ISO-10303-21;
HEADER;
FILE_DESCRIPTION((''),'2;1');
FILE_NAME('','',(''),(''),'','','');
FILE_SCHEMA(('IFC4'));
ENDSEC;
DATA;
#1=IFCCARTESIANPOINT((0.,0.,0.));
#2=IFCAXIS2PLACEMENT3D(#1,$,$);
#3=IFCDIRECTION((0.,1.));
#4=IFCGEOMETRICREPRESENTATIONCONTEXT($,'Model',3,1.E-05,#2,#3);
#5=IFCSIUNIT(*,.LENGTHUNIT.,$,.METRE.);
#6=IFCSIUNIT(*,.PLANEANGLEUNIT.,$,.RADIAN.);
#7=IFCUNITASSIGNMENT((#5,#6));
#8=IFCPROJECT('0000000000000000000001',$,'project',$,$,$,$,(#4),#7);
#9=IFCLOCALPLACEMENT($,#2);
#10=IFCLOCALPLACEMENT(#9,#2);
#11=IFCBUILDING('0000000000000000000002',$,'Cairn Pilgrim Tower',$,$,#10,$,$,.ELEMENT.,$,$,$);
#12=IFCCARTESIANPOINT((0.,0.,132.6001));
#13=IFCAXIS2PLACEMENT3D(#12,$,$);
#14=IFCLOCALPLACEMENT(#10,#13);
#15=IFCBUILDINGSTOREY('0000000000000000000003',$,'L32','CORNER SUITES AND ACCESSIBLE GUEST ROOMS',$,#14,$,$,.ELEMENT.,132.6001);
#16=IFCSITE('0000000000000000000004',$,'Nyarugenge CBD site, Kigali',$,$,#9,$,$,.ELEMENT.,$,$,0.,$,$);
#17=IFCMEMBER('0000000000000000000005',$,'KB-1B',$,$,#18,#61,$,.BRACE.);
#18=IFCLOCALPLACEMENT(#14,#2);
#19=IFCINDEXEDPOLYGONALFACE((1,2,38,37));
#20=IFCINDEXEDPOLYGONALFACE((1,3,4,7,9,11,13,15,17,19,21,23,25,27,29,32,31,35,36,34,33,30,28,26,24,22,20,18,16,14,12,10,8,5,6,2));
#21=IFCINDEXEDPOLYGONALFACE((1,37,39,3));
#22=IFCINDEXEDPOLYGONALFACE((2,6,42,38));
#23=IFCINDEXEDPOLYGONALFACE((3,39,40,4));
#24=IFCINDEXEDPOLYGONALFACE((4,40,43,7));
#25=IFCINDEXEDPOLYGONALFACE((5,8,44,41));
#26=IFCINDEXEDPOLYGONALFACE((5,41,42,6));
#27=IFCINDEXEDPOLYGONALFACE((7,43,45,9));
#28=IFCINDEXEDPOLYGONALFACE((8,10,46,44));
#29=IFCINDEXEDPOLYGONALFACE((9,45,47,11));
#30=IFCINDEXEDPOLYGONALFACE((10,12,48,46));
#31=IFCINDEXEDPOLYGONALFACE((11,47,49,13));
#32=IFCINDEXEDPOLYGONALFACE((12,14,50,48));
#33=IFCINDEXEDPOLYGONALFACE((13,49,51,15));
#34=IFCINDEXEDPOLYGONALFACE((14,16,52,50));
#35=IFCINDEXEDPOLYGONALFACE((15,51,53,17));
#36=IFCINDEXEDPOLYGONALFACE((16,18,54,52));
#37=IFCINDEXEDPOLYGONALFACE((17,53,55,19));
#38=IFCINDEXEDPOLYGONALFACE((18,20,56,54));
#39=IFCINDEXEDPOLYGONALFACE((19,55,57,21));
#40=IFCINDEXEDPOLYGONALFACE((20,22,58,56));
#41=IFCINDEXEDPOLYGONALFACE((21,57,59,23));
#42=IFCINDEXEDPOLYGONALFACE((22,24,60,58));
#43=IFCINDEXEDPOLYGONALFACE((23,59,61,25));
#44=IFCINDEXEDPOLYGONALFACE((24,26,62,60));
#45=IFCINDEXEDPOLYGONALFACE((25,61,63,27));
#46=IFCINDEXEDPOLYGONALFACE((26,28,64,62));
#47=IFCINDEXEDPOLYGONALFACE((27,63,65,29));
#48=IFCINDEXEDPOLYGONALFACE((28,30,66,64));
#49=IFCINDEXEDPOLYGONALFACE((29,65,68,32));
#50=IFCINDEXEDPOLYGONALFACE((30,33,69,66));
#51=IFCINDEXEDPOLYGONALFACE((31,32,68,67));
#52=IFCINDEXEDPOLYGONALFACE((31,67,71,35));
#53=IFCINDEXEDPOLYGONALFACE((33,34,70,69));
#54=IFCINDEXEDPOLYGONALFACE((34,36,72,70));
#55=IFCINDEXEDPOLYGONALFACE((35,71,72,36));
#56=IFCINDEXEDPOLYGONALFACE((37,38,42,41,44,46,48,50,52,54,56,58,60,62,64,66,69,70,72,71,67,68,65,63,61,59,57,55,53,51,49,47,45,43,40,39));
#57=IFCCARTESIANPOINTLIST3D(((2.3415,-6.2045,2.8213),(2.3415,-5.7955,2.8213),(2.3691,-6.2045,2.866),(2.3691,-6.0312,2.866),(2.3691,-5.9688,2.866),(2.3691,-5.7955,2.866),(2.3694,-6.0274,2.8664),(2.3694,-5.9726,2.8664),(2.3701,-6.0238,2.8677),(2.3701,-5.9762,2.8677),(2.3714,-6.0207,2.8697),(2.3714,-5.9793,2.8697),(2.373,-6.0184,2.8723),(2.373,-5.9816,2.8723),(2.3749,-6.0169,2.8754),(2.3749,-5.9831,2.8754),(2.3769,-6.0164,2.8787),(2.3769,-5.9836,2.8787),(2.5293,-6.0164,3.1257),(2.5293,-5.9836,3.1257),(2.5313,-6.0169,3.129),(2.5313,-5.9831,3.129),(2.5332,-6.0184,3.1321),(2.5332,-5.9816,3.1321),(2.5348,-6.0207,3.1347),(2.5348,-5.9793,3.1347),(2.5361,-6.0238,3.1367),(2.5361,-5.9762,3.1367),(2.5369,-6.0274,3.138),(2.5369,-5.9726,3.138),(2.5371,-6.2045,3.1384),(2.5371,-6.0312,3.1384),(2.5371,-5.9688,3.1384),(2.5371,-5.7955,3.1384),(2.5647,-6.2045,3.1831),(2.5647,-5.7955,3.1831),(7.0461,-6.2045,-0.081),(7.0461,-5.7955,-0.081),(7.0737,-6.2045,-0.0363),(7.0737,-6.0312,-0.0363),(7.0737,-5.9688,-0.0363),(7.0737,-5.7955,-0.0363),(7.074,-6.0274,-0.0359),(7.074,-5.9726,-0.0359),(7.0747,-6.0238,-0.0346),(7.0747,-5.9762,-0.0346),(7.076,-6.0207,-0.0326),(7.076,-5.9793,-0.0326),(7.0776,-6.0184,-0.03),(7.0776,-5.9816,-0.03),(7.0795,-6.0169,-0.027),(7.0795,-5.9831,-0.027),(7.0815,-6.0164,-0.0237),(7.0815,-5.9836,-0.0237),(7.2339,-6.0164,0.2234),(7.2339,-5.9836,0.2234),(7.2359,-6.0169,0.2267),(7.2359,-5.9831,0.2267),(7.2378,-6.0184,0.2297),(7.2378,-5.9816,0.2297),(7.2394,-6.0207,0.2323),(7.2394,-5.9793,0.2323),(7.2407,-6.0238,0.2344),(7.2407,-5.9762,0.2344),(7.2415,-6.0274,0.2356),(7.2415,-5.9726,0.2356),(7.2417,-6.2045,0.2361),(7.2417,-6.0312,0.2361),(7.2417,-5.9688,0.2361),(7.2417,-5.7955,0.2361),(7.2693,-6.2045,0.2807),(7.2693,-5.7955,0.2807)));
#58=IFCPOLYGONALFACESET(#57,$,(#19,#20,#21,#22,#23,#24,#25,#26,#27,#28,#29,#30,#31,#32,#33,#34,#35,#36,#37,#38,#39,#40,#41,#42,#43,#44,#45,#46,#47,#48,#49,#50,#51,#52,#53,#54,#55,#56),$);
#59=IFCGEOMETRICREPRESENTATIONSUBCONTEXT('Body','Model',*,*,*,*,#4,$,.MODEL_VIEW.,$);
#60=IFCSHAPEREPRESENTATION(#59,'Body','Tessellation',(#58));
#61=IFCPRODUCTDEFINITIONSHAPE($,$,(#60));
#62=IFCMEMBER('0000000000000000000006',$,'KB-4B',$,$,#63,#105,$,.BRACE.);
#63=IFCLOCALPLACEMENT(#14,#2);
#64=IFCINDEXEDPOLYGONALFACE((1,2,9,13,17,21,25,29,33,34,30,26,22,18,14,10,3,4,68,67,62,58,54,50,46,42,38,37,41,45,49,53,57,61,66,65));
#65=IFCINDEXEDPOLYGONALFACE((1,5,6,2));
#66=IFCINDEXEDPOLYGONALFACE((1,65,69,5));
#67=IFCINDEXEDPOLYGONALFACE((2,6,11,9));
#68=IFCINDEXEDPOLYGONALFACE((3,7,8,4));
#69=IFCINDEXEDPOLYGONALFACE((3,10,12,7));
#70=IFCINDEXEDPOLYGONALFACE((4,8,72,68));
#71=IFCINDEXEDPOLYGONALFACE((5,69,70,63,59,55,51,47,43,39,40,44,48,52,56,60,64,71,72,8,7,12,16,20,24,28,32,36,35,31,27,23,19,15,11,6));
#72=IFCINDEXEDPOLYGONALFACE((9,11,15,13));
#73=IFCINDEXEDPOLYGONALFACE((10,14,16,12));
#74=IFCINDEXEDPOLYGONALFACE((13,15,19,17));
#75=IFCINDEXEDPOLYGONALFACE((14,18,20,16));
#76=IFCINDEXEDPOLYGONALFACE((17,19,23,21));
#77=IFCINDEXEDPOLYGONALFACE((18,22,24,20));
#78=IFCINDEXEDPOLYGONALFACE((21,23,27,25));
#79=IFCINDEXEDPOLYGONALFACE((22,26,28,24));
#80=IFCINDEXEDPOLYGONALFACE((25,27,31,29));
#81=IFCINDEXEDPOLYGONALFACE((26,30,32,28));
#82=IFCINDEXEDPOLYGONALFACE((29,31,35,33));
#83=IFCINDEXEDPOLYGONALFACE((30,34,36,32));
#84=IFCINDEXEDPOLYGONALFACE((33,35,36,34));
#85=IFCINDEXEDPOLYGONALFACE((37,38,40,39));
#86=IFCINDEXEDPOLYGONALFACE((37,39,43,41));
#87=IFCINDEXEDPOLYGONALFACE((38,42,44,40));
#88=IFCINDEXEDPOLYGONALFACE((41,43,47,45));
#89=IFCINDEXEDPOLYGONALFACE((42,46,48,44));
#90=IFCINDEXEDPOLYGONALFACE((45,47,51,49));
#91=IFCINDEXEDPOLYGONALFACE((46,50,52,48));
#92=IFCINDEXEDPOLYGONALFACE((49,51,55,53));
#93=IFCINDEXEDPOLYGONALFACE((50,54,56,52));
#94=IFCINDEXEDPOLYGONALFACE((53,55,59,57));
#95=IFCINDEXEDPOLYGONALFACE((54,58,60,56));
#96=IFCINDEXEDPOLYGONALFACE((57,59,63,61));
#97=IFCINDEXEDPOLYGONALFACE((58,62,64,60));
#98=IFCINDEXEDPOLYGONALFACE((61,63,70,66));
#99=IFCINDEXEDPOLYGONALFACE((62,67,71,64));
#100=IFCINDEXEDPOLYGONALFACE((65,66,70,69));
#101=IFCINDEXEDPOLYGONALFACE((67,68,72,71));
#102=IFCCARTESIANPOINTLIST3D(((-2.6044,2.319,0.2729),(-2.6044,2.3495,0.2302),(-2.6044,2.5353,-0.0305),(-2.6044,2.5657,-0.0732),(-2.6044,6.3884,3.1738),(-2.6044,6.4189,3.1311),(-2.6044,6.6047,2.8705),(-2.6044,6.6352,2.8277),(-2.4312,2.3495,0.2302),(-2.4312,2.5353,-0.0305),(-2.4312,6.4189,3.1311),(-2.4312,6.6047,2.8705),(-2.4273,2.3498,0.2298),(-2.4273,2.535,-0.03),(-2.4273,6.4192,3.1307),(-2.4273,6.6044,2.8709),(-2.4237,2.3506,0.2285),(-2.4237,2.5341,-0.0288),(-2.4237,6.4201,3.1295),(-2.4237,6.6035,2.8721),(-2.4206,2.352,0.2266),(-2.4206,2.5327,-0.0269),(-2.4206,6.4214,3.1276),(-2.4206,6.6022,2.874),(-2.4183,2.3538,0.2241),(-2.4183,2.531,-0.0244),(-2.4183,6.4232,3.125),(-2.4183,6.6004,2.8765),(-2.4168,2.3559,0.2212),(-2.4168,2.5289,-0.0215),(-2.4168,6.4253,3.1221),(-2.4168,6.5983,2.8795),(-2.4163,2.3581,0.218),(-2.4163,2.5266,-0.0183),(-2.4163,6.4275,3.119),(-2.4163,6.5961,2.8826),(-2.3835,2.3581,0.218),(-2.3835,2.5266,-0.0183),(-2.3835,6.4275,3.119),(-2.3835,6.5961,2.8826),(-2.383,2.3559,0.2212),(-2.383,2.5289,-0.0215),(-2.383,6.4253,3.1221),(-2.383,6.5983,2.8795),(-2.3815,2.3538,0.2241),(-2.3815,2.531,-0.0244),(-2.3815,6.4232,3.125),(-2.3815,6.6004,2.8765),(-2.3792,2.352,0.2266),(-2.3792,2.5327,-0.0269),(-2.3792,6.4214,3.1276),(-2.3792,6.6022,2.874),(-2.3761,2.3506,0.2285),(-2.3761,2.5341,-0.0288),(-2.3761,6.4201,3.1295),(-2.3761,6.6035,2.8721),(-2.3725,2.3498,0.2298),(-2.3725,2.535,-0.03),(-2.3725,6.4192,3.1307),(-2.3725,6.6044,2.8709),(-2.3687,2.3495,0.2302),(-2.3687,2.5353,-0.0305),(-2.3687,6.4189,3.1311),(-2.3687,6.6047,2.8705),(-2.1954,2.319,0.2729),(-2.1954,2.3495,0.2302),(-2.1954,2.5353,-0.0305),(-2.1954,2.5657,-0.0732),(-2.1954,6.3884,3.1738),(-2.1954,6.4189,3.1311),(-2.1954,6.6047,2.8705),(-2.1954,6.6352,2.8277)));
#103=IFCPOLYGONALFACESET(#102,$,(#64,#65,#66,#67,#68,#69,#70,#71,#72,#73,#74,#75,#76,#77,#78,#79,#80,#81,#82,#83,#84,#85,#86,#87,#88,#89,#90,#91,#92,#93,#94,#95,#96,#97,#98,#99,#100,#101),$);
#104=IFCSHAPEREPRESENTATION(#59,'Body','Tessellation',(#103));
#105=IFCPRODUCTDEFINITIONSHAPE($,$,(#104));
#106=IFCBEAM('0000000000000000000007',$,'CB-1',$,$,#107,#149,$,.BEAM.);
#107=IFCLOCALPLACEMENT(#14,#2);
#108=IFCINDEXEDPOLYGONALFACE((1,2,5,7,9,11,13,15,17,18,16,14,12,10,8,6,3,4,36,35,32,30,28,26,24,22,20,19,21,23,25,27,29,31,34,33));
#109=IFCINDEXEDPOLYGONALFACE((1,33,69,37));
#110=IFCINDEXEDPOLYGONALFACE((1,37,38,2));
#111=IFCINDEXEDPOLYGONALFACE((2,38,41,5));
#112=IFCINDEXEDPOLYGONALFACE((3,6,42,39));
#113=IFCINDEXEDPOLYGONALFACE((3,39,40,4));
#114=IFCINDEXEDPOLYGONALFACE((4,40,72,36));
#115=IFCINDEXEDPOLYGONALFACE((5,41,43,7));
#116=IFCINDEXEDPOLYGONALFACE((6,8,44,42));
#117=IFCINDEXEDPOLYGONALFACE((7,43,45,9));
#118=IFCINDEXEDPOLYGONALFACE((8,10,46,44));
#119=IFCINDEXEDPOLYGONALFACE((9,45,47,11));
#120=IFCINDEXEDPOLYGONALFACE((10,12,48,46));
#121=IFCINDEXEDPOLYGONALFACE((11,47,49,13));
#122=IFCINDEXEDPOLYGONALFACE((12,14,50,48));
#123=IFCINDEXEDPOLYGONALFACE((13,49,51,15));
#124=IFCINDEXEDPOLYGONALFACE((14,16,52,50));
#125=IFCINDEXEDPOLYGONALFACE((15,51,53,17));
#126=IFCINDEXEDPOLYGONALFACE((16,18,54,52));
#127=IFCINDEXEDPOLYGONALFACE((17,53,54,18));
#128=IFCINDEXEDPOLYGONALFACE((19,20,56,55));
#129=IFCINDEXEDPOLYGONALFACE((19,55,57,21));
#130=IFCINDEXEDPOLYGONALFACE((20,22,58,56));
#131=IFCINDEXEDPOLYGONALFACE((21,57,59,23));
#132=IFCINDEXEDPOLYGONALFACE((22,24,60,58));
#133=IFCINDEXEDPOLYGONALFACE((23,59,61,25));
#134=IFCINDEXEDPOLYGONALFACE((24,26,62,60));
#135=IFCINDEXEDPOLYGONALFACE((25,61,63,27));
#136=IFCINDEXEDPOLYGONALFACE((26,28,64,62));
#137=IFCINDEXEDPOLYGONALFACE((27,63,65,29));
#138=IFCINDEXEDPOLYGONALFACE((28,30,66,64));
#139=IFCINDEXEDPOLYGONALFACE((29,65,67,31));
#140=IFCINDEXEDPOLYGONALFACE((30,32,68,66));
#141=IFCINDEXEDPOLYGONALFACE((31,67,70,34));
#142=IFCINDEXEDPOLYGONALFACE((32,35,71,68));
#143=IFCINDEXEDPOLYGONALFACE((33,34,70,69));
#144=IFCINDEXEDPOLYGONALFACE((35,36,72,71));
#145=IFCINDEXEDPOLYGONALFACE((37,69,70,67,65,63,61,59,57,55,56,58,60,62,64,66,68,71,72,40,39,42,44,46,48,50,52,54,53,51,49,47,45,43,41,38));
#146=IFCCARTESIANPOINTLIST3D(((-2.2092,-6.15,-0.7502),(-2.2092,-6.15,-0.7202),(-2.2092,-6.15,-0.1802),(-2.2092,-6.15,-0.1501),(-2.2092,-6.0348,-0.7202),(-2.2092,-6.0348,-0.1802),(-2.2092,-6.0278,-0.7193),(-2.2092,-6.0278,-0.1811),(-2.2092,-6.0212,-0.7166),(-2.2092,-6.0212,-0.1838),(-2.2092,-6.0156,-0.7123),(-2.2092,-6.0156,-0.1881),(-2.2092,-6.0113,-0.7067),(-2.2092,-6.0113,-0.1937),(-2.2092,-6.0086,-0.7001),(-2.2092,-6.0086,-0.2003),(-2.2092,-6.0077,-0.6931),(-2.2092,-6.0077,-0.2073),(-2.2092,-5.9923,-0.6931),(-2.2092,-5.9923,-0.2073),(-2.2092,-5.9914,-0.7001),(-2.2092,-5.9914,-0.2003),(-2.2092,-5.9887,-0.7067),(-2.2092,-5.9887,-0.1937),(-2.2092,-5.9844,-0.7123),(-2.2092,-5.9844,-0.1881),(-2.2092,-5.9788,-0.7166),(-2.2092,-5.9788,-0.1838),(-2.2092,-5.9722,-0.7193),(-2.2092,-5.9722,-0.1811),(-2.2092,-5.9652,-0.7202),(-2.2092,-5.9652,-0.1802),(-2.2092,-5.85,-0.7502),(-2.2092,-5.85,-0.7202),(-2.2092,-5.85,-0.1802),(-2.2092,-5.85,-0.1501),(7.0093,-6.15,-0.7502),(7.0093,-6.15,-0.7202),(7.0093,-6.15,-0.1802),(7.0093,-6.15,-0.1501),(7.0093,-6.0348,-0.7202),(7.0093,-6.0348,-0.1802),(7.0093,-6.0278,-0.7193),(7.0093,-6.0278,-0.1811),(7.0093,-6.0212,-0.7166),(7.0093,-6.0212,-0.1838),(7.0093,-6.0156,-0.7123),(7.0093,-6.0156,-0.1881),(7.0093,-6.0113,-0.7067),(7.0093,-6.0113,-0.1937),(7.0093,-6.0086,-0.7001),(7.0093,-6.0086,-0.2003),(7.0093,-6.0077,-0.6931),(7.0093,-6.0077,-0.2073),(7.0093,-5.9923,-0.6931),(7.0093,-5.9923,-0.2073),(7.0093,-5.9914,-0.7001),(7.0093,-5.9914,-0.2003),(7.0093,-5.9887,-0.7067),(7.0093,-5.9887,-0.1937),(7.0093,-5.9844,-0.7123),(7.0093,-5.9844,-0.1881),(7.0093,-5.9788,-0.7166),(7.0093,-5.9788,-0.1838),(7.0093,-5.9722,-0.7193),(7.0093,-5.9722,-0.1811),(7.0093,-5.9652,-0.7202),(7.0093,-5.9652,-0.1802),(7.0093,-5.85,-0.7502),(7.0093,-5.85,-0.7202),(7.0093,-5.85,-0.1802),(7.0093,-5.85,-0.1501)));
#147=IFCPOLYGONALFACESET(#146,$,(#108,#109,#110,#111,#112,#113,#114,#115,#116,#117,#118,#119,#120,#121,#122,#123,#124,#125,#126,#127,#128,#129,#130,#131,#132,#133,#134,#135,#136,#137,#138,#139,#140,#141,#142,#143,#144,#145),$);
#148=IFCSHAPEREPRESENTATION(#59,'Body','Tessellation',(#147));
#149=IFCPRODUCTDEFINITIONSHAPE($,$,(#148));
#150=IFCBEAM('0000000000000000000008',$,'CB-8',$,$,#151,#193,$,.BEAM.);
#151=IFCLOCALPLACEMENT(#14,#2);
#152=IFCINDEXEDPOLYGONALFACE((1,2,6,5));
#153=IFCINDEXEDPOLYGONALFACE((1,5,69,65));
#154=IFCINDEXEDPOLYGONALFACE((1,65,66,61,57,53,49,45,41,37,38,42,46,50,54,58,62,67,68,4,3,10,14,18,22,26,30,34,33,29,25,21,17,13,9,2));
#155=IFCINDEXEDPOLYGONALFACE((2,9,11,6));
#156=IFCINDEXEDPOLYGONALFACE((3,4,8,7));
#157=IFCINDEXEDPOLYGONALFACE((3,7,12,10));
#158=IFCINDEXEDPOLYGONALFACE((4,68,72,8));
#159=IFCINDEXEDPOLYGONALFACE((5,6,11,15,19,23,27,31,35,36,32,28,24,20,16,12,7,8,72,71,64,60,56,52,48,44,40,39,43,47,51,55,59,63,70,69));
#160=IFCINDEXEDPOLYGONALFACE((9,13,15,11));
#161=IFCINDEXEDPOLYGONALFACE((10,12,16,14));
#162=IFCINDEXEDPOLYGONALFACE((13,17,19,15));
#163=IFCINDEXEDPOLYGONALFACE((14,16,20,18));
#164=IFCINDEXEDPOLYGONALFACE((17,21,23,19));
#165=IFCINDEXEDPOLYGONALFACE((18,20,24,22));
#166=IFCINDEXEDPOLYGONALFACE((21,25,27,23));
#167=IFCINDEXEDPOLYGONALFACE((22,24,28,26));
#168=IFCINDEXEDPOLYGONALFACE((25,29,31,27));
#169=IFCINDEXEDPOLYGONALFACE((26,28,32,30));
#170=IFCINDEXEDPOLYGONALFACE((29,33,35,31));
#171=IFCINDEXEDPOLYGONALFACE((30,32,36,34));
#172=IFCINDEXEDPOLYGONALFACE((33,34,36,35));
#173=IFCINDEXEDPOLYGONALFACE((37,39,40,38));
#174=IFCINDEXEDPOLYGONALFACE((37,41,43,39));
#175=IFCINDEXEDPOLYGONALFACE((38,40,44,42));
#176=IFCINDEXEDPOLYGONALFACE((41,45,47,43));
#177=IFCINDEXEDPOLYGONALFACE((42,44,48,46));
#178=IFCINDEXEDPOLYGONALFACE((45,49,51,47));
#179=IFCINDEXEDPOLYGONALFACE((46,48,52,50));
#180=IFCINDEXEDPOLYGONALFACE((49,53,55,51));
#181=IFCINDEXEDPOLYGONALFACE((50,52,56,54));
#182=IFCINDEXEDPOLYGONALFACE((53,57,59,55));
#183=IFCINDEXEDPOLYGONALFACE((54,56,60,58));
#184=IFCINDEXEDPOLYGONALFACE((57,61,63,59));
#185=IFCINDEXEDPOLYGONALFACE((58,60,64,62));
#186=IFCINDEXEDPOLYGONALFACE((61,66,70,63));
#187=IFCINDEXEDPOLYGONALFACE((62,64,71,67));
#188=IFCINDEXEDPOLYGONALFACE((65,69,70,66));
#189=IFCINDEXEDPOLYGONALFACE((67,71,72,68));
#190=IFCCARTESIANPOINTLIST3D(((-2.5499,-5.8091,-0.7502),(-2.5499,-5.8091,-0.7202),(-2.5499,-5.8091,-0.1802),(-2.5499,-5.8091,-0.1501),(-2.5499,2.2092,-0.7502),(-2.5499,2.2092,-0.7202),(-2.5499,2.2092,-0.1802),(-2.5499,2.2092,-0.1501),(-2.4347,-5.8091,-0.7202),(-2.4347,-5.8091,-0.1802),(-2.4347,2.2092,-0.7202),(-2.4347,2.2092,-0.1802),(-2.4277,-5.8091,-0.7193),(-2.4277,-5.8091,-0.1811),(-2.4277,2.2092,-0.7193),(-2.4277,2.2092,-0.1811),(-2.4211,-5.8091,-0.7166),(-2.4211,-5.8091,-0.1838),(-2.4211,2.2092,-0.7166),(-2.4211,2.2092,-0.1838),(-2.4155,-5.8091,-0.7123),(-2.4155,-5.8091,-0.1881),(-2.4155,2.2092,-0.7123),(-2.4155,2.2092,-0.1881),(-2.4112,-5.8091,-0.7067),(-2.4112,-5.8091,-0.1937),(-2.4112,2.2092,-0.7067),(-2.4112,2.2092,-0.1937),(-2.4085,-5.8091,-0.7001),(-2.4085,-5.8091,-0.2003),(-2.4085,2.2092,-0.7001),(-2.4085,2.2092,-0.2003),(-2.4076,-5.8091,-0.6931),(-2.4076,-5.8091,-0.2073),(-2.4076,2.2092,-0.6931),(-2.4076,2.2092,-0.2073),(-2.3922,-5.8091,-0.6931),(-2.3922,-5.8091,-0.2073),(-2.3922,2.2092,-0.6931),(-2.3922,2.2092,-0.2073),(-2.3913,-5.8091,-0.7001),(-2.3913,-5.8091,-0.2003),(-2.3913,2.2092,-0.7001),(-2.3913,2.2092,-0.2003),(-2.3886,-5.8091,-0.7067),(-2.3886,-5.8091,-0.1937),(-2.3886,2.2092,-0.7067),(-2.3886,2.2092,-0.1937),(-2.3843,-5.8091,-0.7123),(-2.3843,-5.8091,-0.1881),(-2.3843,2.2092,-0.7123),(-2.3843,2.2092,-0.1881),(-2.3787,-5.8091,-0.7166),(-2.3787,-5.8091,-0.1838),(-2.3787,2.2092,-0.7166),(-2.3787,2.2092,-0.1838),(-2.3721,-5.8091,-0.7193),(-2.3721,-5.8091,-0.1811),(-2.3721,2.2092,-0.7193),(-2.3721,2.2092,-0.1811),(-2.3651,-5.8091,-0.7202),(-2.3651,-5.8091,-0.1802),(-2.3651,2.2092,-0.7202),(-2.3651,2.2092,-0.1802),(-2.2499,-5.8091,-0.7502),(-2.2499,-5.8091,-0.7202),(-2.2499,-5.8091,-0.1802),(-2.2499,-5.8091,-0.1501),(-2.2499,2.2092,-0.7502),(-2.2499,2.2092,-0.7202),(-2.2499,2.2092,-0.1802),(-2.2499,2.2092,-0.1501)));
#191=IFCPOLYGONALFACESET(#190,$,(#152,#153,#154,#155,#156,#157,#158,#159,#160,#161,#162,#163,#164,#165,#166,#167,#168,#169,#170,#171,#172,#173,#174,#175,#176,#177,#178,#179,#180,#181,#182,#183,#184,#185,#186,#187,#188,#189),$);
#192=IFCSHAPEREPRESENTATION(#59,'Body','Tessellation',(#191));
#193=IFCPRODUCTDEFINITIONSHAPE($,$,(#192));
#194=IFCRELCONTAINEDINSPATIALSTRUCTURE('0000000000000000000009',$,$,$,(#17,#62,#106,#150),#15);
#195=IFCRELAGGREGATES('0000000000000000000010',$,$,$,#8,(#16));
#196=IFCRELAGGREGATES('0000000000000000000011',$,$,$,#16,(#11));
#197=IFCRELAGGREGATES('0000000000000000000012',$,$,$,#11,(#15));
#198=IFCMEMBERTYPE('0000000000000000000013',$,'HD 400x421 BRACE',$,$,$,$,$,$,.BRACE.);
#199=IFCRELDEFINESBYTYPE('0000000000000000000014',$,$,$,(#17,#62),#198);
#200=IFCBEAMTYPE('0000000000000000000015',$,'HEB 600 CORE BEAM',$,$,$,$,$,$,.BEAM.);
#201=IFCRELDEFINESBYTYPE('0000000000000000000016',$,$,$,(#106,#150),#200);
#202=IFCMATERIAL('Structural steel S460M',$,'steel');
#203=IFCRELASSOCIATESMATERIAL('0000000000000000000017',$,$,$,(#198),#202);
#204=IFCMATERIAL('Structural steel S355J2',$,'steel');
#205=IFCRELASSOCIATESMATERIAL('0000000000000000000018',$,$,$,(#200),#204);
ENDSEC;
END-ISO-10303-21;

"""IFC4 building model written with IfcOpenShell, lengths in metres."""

from ifc_helpers import new_model, si_unit, direction, frame, origin, origin_2d, place, context, subcontext, project, spatial, i_section, extrude, material, material_profile, profile_set, type_object, element, save


model = new_model("IFC4")

# Units and contexts
model_context = context("Model", 3, precision=1e-05, world=origin(), true_north=direction((0.0, 1.0)))
body_context = subcontext(model_context, "Body", "Model", "MODEL_VIEW")
ifc_project = project(units=[si_unit("LENGTHUNIT", "METRE"), si_unit("PLANEANGLEUNIT", "RADIAN")], contexts=[model_context])

# Site, building, storey
site_placement = place(None, origin())
site = spatial("IfcSite", under=ifc_project, at=site_placement, Name="Nyarugenge CBD site, Kigali", CompositionType="ELEMENT", RefElevation=0.0)
building_placement = place(site_placement, origin())
building = spatial("IfcBuilding", under=site, at=building_placement, Name="Cairn Pilgrim Tower", CompositionType="ELEMENT")
storey_placement = place(building_placement, frame((0.0, 0.0, 132.6001)))
storey = spatial("IfcBuildingStorey", under=building, at=storey_placement, Name="L32", Description="CORNER SUITES AND ACCESSIBLE GUEST ROOMS", CompositionType="ELEMENT", Elevation=132.6001)

# Shared definitions
ifc_material_1 = material(Name="Structural steel S460M", Category="steel")

# Members
ifc_material_profile_1 = material_profile(ifc_material_1, i_section(OverallWidth=0.4089, OverallDepth=0.425, WebThickness=0.0327, FlangeThickness=0.0525, FilletRadius=0.0149, at=origin_2d()), Name="HD 400x421")
ifc_profile_set_1 = profile_set([ifc_material_profile_1], Name="Structural steel S460M")
member_type = type_object("IfcMemberType", Name="HD 400x421 BRACE", PredefinedType="BRACE", material=ifc_profile_set_1)
member_1_placement = place(storey_placement, frame((7.1577, -6.0, 0.0999), z_axis=(-0.851075, 0.0, 0.525043), x_axis=(0.0, -1.0, 0.0)))
element("IfcMember", 1, at=member_1_placement, inside=storey, type_object=member_type, Name="KB-1B", PredefinedType="BRACE", context=body_context, shape_type="SweptSolid", body=[
    extrude(i_section(OverallWidth=0.4089, OverallDepth=0.425, WebThickness=0.0327, FlangeThickness=0.0525, FilletRadius=0.0149, at=origin_2d()), origin(), (0.0, 0.0, 1.0), 5.5278),
])
member_2_placement = place(storey_placement, frame((-2.3999, 2.4424, 0.0999), z_axis=(0.0, 0.814281, 0.580471), x_axis=(-1.0, 0.0, 0.0)))
element("IfcMember", 2, at=member_2_placement, inside=storey, type_object=member_type, Name="KB-4B", PredefinedType="BRACE", context=body_context, shape_type="SweptSolid", body=[
    extrude(i_section(OverallWidth=0.4089, OverallDepth=0.425, WebThickness=0.0327, FlangeThickness=0.0525, FilletRadius=0.0149, at=origin_2d()), origin(), (0.0, 0.0, 1.0), 4.9976),
])

# Beams
ifc_material_2 = material(Name="Structural steel S355J2", Category="steel")
ifc_material_profile_2 = material_profile(ifc_material_2, i_section(OverallWidth=0.3, OverallDepth=0.6001, WebThickness=0.0154, FlangeThickness=0.03, FilletRadius=0.0271, at=origin_2d()), Name="HEB 600")
ifc_profile_set_2 = profile_set([ifc_material_profile_2], Name="Structural steel S355J2")
beam_type_1 = type_object("IfcBeamType", Name="HEB 600 CORE BEAM", PredefinedType="BEAM", material=ifc_profile_set_2)
beam_1_placement = place(storey_placement, frame((-2.2092, -6.0, -0.4502), z_axis=(1.0, 0.0, 0.0), x_axis=(0.0, 1.0, 0.0)))
element("IfcBeam", 3, at=beam_1_placement, inside=storey, type_object=beam_type_1, Name="CB-1", PredefinedType="BEAM", context=body_context, shape_type="SweptSolid", body=[
    extrude(i_section(OverallWidth=0.3, OverallDepth=0.6001, WebThickness=0.0154, FlangeThickness=0.03, FilletRadius=0.0271, at=origin_2d()), origin(), (0.0, 0.0, 1.0), 9.2185),
])
beam_2_placement = place(storey_placement, frame((-2.3999, 2.2092, -0.4502), z_axis=(0.0, -1.0, 0.0), x_axis=(1.0, 0.0, 0.0)))
element("IfcBeam", 4, at=beam_2_placement, inside=storey, type_object=beam_type_1, Name="CB-8", PredefinedType="BEAM", context=body_context, shape_type="SweptSolid", body=[
    extrude(i_section(OverallWidth=0.3, OverallDepth=0.6001, WebThickness=0.0154, FlangeThickness=0.03, FilletRadius=0.0271, at=origin_2d()), origin(), (0.0, 0.0, 1.0), 8.0183),
])

save(model, "model.ifc")
